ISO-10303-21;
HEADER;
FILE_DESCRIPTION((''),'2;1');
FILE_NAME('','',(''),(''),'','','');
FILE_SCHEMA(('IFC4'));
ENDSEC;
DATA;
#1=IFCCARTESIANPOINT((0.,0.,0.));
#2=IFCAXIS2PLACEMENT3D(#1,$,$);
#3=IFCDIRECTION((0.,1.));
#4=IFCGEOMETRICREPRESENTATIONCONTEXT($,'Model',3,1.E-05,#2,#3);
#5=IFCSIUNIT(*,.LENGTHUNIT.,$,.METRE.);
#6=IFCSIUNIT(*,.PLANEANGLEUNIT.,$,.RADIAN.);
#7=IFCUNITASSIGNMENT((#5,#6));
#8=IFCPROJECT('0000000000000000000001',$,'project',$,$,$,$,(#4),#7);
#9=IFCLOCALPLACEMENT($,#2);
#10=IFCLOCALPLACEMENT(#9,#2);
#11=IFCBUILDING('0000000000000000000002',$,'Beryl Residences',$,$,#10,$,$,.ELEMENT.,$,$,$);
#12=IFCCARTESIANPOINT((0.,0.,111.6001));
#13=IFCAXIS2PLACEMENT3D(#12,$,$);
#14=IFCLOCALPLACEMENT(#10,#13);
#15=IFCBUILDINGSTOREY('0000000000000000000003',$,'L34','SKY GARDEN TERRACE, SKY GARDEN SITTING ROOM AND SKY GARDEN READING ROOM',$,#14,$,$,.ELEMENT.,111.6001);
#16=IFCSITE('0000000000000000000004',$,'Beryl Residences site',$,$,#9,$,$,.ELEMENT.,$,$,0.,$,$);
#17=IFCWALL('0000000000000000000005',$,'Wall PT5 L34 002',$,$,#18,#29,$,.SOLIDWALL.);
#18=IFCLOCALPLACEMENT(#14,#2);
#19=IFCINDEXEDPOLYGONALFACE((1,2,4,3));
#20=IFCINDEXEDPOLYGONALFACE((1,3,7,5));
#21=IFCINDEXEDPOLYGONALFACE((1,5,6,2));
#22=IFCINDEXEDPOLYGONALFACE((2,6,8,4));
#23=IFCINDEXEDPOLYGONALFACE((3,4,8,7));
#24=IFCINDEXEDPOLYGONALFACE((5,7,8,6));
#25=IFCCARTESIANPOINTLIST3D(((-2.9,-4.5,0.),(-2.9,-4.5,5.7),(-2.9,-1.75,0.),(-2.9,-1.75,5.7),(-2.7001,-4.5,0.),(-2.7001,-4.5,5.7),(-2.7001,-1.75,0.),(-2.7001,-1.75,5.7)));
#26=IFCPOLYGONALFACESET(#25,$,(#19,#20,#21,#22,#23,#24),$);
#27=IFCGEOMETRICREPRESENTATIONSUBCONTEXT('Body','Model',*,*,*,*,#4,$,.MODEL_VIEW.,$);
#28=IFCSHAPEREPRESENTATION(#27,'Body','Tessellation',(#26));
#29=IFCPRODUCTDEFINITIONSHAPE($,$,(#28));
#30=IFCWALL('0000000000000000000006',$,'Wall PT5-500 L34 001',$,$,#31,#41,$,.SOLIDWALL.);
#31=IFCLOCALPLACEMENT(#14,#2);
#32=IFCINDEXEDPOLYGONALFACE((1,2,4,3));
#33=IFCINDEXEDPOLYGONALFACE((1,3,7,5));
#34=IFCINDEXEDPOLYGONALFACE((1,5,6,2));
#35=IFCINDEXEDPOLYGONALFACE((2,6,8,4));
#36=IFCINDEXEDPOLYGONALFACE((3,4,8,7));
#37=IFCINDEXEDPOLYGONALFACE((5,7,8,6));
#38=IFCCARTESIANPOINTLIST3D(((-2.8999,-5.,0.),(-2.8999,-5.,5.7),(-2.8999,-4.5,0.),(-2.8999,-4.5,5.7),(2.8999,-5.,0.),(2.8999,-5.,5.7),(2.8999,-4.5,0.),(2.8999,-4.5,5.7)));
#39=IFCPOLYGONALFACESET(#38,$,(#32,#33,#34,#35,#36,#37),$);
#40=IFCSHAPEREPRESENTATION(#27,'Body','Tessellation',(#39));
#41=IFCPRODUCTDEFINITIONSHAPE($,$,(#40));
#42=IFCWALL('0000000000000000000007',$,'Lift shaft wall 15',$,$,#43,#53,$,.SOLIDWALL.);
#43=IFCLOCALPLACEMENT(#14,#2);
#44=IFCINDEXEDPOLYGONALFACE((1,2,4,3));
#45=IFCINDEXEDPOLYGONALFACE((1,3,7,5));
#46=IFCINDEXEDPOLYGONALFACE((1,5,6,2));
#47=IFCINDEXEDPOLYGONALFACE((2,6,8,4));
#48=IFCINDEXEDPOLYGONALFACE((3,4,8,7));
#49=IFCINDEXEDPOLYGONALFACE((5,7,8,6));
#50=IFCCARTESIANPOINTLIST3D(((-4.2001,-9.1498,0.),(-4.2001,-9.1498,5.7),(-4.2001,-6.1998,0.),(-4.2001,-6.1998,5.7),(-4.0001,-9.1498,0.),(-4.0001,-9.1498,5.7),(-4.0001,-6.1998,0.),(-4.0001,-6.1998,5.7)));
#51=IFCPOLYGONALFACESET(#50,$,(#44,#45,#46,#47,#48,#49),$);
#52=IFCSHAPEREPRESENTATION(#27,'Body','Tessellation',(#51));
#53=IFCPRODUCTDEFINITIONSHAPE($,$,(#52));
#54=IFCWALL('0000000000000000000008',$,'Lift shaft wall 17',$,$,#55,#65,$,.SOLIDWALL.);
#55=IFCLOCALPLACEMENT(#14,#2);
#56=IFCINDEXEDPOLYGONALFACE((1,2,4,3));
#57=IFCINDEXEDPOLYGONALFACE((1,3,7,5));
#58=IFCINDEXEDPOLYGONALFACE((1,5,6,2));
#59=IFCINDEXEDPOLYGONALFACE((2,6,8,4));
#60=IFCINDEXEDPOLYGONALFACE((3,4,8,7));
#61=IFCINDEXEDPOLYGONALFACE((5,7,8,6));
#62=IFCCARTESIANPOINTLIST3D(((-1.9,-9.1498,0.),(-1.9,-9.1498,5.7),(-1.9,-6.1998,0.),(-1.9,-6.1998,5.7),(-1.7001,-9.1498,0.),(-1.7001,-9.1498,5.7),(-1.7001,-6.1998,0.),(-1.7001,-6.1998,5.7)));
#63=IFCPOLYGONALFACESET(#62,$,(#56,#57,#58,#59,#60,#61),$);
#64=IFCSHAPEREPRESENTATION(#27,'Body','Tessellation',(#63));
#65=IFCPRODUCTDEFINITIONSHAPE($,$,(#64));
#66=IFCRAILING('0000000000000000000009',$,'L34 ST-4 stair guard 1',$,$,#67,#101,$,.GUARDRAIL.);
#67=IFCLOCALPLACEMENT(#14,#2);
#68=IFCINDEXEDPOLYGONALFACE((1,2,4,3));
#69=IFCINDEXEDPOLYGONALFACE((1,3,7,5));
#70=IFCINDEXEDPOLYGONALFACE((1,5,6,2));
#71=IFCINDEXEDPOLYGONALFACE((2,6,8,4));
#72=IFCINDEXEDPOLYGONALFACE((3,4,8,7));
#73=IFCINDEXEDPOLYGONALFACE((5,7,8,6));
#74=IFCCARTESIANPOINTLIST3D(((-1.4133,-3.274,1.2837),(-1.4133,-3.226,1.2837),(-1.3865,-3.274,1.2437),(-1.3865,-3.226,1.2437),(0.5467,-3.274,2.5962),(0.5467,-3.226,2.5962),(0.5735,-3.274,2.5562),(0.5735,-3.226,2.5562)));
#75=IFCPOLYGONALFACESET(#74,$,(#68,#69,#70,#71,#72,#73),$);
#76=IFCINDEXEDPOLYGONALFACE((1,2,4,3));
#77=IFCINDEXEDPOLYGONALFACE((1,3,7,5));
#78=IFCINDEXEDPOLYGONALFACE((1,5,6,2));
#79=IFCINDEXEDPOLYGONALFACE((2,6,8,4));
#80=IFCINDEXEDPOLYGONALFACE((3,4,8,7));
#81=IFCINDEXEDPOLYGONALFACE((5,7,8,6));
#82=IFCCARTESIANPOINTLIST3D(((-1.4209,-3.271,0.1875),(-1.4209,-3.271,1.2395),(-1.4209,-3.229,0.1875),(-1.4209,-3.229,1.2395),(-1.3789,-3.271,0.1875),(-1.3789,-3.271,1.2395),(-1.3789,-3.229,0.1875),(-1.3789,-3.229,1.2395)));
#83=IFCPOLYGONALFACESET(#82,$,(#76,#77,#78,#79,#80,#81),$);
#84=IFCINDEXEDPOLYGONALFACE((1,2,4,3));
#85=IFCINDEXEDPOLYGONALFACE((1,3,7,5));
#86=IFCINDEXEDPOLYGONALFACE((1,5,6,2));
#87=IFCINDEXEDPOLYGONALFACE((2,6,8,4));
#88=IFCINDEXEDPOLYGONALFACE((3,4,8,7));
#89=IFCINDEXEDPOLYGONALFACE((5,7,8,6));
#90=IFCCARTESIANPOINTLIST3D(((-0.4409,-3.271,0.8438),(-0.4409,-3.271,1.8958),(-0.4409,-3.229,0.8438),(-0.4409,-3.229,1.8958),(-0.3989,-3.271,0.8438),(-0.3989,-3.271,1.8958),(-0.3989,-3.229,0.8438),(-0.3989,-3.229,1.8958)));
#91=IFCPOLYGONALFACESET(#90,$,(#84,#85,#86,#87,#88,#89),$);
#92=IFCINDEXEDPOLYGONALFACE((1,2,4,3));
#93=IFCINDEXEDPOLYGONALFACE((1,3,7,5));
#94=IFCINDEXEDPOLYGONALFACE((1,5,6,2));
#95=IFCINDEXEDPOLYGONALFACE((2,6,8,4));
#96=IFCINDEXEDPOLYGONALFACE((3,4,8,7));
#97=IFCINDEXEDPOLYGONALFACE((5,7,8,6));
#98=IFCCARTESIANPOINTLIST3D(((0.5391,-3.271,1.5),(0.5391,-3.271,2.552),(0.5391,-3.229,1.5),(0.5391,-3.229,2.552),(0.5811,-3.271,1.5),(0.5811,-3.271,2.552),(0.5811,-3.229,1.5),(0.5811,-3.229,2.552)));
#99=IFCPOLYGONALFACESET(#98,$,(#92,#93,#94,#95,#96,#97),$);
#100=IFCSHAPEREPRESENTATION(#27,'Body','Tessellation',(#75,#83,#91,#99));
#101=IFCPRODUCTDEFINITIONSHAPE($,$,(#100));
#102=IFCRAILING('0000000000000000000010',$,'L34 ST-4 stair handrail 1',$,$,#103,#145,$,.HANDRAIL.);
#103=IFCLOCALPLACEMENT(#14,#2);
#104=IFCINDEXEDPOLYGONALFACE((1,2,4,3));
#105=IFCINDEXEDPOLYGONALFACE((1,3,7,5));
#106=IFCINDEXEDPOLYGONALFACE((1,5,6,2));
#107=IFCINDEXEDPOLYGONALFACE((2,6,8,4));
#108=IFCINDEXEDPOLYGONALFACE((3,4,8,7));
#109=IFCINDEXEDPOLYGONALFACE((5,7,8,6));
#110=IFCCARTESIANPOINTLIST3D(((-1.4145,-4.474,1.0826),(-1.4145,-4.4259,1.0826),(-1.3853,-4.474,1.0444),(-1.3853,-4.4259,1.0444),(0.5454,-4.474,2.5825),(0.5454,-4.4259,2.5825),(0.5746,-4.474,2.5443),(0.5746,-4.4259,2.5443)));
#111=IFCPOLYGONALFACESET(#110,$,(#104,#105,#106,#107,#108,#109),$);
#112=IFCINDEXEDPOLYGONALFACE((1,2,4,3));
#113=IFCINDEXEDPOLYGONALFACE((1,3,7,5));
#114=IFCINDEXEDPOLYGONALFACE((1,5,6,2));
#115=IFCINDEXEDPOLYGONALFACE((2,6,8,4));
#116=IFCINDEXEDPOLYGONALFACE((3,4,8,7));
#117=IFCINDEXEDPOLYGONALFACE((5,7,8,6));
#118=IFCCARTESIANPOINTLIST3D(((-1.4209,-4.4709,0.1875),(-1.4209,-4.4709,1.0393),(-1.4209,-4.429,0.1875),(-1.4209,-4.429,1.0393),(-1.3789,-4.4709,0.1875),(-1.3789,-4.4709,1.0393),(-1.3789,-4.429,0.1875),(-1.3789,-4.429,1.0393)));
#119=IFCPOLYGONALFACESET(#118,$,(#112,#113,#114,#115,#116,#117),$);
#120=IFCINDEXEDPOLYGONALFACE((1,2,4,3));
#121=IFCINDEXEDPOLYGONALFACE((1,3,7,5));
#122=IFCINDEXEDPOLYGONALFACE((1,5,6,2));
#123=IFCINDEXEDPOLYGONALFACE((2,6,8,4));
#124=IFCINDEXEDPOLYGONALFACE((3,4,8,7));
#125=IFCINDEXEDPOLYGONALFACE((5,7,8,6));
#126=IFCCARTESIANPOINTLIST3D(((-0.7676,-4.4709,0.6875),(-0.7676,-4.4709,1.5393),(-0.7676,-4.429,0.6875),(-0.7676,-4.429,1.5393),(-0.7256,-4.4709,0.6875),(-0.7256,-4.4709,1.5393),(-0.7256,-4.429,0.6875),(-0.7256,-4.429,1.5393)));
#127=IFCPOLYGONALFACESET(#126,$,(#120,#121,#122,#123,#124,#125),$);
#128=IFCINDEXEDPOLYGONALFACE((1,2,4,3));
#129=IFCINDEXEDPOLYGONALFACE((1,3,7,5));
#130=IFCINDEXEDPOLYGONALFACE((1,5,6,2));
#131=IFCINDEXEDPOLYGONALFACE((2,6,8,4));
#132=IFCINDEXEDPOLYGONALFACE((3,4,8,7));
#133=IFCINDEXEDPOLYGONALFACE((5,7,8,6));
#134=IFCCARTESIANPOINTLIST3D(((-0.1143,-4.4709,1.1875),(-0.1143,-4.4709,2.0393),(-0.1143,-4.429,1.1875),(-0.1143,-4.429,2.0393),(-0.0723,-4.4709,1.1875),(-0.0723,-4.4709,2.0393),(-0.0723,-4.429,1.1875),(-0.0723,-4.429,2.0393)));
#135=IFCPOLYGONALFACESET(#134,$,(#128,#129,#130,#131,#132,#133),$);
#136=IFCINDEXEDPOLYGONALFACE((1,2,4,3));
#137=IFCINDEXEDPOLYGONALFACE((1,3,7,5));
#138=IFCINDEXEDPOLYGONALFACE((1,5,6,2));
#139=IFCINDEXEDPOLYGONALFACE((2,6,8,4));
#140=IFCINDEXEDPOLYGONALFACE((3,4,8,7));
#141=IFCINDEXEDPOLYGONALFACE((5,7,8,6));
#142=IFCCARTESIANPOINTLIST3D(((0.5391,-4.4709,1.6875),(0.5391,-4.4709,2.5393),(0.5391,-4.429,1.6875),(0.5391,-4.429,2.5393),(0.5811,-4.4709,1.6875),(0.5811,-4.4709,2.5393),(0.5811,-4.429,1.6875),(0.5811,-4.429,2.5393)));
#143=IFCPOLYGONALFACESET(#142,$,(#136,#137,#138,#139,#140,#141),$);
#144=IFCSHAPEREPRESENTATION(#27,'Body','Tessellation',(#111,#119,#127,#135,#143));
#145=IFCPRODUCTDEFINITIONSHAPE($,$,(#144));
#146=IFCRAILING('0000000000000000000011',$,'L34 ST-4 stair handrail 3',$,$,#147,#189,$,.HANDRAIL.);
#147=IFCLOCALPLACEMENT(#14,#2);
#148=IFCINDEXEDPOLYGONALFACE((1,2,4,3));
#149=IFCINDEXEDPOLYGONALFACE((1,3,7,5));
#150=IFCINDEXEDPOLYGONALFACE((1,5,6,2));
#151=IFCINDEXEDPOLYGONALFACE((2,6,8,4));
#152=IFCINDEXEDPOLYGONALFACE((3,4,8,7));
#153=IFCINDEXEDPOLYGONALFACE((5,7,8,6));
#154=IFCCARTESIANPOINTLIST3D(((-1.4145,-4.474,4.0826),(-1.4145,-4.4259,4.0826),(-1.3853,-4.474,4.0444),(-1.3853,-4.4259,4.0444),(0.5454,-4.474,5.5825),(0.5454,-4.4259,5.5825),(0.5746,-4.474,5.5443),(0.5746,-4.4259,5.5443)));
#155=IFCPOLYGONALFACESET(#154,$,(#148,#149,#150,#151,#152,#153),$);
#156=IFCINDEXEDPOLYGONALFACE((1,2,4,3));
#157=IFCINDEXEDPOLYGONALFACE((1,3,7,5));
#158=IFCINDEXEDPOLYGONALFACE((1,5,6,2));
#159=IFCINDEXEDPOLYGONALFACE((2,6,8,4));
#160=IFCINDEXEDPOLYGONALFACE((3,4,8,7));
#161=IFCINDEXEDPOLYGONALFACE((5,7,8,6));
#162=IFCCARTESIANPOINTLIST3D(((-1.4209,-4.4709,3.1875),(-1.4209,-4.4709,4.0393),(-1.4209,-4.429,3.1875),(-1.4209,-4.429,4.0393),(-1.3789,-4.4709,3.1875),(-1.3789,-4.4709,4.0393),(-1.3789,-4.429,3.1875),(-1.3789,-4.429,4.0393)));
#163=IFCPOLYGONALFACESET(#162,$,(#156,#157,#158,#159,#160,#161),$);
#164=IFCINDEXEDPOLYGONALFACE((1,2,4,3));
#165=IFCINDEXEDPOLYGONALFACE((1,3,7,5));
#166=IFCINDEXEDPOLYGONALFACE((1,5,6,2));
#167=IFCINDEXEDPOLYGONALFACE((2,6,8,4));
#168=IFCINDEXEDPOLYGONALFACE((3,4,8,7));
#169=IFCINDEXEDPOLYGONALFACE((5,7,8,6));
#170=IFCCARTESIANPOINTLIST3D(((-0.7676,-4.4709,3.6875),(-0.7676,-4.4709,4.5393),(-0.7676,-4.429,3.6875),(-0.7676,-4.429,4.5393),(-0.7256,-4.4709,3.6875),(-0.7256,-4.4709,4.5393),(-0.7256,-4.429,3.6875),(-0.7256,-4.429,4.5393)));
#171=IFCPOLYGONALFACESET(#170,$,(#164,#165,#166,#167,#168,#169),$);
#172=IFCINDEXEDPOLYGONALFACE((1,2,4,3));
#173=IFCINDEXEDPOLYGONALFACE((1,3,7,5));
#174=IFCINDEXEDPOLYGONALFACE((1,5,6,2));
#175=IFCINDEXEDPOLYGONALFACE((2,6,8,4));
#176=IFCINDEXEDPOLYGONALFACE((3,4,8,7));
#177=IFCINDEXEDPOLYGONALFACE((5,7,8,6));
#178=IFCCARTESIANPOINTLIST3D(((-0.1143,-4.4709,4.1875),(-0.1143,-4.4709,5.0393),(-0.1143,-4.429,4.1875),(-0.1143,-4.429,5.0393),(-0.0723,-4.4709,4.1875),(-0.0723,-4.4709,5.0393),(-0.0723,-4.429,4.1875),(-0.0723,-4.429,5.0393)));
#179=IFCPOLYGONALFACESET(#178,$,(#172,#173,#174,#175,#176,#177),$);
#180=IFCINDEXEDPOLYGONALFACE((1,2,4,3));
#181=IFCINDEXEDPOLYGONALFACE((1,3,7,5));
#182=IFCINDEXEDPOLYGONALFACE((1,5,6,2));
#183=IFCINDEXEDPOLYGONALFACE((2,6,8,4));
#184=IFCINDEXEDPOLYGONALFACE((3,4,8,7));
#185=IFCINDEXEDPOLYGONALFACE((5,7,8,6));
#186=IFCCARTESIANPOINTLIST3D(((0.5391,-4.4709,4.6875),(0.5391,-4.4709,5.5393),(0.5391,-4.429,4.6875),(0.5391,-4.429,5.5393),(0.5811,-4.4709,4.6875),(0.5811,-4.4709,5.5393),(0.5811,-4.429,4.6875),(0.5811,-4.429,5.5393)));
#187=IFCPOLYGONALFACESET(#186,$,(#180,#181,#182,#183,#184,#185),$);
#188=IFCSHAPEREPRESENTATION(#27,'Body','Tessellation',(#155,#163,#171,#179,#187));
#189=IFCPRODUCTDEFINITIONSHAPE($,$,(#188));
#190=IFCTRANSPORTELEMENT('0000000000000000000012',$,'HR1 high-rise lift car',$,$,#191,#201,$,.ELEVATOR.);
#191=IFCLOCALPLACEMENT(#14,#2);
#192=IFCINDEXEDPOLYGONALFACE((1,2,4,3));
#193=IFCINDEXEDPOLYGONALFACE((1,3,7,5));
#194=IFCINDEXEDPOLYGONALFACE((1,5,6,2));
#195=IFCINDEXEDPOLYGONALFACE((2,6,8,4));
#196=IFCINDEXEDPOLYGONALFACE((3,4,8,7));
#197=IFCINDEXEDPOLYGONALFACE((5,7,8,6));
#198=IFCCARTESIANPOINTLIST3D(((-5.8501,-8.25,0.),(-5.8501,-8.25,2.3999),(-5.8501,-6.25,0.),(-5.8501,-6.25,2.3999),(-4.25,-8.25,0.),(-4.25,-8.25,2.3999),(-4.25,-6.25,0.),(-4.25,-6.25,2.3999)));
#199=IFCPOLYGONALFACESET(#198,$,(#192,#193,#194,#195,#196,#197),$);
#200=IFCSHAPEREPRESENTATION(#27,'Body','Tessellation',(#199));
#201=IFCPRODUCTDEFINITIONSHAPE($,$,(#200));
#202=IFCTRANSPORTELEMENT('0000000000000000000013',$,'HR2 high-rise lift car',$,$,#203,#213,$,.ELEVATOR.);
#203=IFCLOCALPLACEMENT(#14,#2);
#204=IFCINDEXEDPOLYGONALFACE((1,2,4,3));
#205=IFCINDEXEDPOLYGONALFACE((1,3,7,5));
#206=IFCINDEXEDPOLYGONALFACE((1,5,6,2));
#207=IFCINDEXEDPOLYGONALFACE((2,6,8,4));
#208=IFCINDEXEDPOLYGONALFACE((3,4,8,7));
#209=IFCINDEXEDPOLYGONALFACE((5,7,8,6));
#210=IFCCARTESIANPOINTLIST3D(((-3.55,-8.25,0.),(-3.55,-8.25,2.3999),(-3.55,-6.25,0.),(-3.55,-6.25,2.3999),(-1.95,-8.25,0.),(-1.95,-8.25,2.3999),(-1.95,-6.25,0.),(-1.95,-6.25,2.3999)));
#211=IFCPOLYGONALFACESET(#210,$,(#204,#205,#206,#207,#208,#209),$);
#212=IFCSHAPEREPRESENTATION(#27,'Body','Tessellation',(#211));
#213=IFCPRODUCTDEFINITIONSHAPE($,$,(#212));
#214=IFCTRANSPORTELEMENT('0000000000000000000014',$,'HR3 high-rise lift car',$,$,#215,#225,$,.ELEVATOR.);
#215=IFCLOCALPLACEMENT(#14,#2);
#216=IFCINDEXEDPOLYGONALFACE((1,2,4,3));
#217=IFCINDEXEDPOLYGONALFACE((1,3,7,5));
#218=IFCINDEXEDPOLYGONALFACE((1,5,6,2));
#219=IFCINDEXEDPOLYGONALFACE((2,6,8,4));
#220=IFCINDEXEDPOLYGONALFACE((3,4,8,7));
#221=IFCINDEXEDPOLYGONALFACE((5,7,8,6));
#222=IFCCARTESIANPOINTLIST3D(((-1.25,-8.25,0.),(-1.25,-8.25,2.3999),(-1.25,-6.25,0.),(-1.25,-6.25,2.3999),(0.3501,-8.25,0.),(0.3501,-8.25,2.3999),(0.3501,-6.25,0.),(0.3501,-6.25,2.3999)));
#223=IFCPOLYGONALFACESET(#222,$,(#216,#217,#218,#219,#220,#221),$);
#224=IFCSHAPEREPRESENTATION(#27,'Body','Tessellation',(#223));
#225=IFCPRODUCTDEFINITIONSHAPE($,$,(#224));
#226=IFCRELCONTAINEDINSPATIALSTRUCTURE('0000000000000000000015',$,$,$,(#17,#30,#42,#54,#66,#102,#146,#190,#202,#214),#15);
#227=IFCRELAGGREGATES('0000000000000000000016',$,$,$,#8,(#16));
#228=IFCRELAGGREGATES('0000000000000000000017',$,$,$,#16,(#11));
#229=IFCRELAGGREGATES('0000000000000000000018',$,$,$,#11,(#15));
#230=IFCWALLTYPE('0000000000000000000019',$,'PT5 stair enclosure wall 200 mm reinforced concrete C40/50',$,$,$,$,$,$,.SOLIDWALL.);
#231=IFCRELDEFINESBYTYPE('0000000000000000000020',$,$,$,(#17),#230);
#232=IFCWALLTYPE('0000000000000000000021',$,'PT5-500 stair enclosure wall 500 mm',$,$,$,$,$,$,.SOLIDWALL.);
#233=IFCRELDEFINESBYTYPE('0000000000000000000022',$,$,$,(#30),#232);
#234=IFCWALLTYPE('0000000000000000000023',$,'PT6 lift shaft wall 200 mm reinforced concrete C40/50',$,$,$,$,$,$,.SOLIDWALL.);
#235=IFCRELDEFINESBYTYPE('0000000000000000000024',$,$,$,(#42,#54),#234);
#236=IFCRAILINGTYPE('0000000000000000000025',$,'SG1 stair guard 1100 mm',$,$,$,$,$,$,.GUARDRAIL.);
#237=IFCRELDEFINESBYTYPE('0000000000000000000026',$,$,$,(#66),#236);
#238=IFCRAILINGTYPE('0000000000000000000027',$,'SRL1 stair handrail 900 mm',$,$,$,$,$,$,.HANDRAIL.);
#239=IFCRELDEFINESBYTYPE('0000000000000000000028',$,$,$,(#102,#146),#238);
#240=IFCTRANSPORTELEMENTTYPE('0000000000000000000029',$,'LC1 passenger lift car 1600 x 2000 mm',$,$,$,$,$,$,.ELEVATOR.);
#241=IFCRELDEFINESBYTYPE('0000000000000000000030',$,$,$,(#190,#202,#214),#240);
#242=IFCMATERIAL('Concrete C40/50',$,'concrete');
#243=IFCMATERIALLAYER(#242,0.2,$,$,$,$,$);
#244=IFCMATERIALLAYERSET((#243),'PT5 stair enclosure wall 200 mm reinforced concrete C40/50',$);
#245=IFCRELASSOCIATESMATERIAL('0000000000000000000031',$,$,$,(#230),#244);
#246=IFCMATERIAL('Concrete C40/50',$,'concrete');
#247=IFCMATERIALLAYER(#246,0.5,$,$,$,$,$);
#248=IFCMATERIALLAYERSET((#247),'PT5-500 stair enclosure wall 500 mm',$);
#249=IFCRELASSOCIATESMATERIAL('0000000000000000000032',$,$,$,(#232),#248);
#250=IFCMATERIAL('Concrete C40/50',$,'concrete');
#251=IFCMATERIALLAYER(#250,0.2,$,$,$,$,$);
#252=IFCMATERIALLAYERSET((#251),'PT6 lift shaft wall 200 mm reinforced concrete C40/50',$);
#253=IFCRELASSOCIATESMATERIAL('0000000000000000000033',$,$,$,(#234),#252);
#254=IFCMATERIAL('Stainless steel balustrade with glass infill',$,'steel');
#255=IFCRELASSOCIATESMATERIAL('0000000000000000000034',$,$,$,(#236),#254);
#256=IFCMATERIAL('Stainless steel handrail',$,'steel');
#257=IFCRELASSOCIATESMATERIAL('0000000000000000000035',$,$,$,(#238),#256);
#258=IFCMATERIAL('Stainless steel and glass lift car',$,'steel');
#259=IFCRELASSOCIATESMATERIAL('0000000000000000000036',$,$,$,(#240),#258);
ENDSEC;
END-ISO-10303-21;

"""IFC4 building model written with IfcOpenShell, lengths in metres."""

from ifc_helpers import new_model, si_unit, direction, frame, frame_2d, origin, origin_2d, place, context, subcontext, project, spatial, rectangle, extrude, material, layer, layer_set, type_object, element, save


model = new_model("IFC4")

# Units and contexts
model_context = context("Model", 3, precision=1e-05, world=origin(), true_north=direction((0.0, 1.0)))
body_context = subcontext(model_context, "Body", "Model", "MODEL_VIEW")
ifc_project = project(units=[si_unit("LENGTHUNIT", "METRE"), si_unit("PLANEANGLEUNIT", "RADIAN")], contexts=[model_context])

# Site, building, storey
site_placement = place(None, origin())
site = spatial("IfcSite", under=ifc_project, at=site_placement, Name="Beryl Residences site", CompositionType="ELEMENT", RefElevation=0.0)
building_placement = place(site_placement, origin())
building = spatial("IfcBuilding", under=site, at=building_placement, Name="Beryl Residences", CompositionType="ELEMENT")
storey_placement = place(building_placement, frame((0.0, 0.0, 111.6001)))
storey = spatial("IfcBuildingStorey", under=building, at=storey_placement, Name="L34", Description="SKY GARDEN TERRACE, SKY GARDEN SITTING ROOM AND SKY GARDEN READING ROOM", CompositionType="ELEMENT", Elevation=111.6001)

# Walls
ifc_material_1 = material(Name="Concrete C40/50", Category="concrete")
ifc_layer_1 = layer(ifc_material_1, 0.2)
ifc_layer_set_1 = layer_set([ifc_layer_1], Name="PT5 stair enclosure wall 200 mm reinforced concrete C40/50")
wall_type_1 = type_object("IfcWallType", Name="PT5 stair enclosure wall 200 mm reinforced concrete C40/50", PredefinedType="SOLIDWALL", material=ifc_layer_set_1)
wall_1_placement = place(storey_placement, frame((-2.8, -4.5, 0.0), z_axis=(0.0, 0.0, 1.0), x_axis=(0.0, 1.0, 0.0)))
element("IfcWall", 1, at=wall_1_placement, inside=storey, type_object=wall_type_1, Name="Wall PT5 L34 002", PredefinedType="SOLIDWALL", context=body_context, shape_type="SweptSolid", body=[
    extrude(rectangle(XDim=2.75, YDim=0.2, at=frame_2d((1.375, 0.0))), origin(), (0.0, 0.0, 1.0), 5.7),
])
ifc_material_2 = material(Name="Concrete C40/50", Category="concrete")
ifc_layer_2 = layer(ifc_material_2, 0.5)
ifc_layer_set_2 = layer_set([ifc_layer_2], Name="PT5-500 stair enclosure wall 500 mm")
wall_type_2 = type_object("IfcWallType", Name="PT5-500 stair enclosure wall 500 mm", PredefinedType="SOLIDWALL", material=ifc_layer_set_2)
wall_2_placement = place(storey_placement, frame((-2.8999, -4.75, 0.0), z_axis=(0.0, 0.0, 1.0), x_axis=(1.0, 0.0, 0.0)))
element("IfcWall", 2, at=wall_2_placement, inside=storey, type_object=wall_type_2, Name="Wall PT5-500 L34 001", PredefinedType="SOLIDWALL", context=body_context, shape_type="SweptSolid", body=[
    extrude(rectangle(XDim=5.7998, YDim=0.5, at=frame_2d((2.8999, 0.0))), origin(), (0.0, 0.0, 1.0), 5.7),
])
ifc_material_3 = material(Name="Concrete C40/50", Category="concrete")
ifc_layer_3 = layer(ifc_material_3, 0.2)
ifc_layer_set_3 = layer_set([ifc_layer_3], Name="PT6 lift shaft wall 200 mm reinforced concrete C40/50")
wall_type_3 = type_object("IfcWallType", Name="PT6 lift shaft wall 200 mm reinforced concrete C40/50", PredefinedType="SOLIDWALL", material=ifc_layer_set_3)
for number, where, z_axis, x_axis, name in (
    (3, (-4.1001, -9.1499, 0.0), (0.0, 0.0, 1.0), (0.0, 1.0, 0.0), "Lift shaft wall 15"),
    (4, (-1.8, -9.1499, 0.0), (0.0, 0.0, 1.0), (0.0, 1.0, 0.0), "Lift shaft wall 17"),
):
    element("IfcWall", number, at=place(storey_placement, frame(where, z_axis=z_axis, x_axis=x_axis)), inside=storey, type_object=wall_type_3, Name=name, PredefinedType="SOLIDWALL", context=body_context, shape_type="SweptSolid", body=[
        extrude(rectangle(XDim=2.95, YDim=0.2, at=frame_2d((1.4751, 0.0))), origin(), (0.0, 0.0, 1.0), 5.7),
    ])

# Railings
ifc_material_4 = material(Name="Stainless steel balustrade with glass infill", Category="steel")
railing_type_1 = type_object("IfcRailingType", Name="SG1 stair guard 1100 mm", PredefinedType="GUARDRAIL", material=ifc_material_4)
railing_placement = place(storey_placement, frame((-1.3999, -3.25, 0.1875)))
element("IfcRailing", 5, at=railing_placement, inside=storey, type_object=railing_type_1, Name="L34 ST-4 stair guard 1", PredefinedType="GUARDRAIL", context=body_context, shape_type="SweptSolid", body=[
    extrude(rectangle(XDim=0.0481, YDim=0.0481, at=origin_2d()), frame((0.0, 0.0, 1.0762), z_axis=(0.830902, 0.0, 0.556419), x_axis=(0.0, 1.0, 0.0)), (0.0, 0.0, 1.0), 2.3589),
    extrude(rectangle(XDim=0.042, YDim=0.042, at=origin_2d()), origin(), (0.0, 0.0, 1.0), 1.052),
    extrude(rectangle(XDim=0.042, YDim=0.042, at=origin_2d()), frame((0.98, 0.0, 0.6562)), (0.0, 0.0, 1.0), 1.052),
    extrude(rectangle(XDim=0.042, YDim=0.042, at=origin_2d()), frame((1.96, 0.0, 1.3125)), (0.0, 0.0, 1.0), 1.052),
])
ifc_material_5 = material(Name="Stainless steel handrail", Category="steel")
railing_type_2 = type_object("IfcRailingType", Name="SRL1 stair handrail 900 mm", PredefinedType="HANDRAIL", material=ifc_material_5)
for number, where, name in (
    (6, (-1.3999, -4.45, 0.1875), "L34 ST-4 stair handrail 1"),
    (7, (-1.3999, -4.45, 3.1875), "L34 ST-4 stair handrail 3"),
):
    element("IfcRailing", number, at=place(storey_placement, frame(where)), inside=storey, type_object=railing_type_2, Name=name, PredefinedType="HANDRAIL", context=body_context, shape_type="SweptSolid", body=[
        extrude(rectangle(XDim=0.0481, YDim=0.0481, at=origin_2d()), frame((0.0, 0.0, 0.876), z_axis=(0.794122, 0.0, 0.607758), x_axis=(0.0, 1.0, 0.0)), (0.0, 0.0, 1.0), 2.468),
        extrude(rectangle(XDim=0.042, YDim=0.042, at=origin_2d()), origin(), (0.0, 0.0, 1.0), 0.8518),
        extrude(rectangle(XDim=0.042, YDim=0.042, at=origin_2d()), frame((0.6533, 0.0, 0.5)), (0.0, 0.0, 1.0), 0.8518),
        extrude(rectangle(XDim=0.042, YDim=0.042, at=origin_2d()), frame((1.3066, 0.0, 1.0)), (0.0, 0.0, 1.0), 0.8518),
        extrude(rectangle(XDim=0.042, YDim=0.042, at=origin_2d()), frame((1.96, 0.0, 1.5)), (0.0, 0.0, 1.0), 0.8518),
    ])

# Transport elements
ifc_material_6 = material(Name="Stainless steel and glass lift car", Category="steel")
transport_element_type = type_object("IfcTransportElementType", Name="LC1 passenger lift car 1600 x 2000 mm", PredefinedType="ELEVATOR", material=ifc_material_6)
for number, where, z_axis, x_axis, name in (
    (8, (-5.05, -7.25, 0.0), (0.0, 0.0, 1.0), (1.0, 0.0, 0.0), "HR1 high-rise lift car"),
    (9, (-2.75, -7.25, 0.0), (0.0, 0.0, 1.0), (1.0, 0.0, 0.0), "HR2 high-rise lift car"),
    (10, (-0.45, -7.25, 0.0), (0.0, 0.0, 1.0), (1.0, 0.0, 0.0), "HR3 high-rise lift car"),
):
    element("IfcTransportElement", number, at=place(storey_placement, frame(where, z_axis=z_axis, x_axis=x_axis)), inside=storey, type_object=transport_element_type, Name=name, PredefinedType="ELEVATOR", context=body_context, shape_type="SweptSolid", body=[
        extrude(rectangle(XDim=1.6001, YDim=2.0, at=origin_2d()), origin(), (0.0, 0.0, 1.0), 2.3999),
    ])

save(model, "model.ifc")
